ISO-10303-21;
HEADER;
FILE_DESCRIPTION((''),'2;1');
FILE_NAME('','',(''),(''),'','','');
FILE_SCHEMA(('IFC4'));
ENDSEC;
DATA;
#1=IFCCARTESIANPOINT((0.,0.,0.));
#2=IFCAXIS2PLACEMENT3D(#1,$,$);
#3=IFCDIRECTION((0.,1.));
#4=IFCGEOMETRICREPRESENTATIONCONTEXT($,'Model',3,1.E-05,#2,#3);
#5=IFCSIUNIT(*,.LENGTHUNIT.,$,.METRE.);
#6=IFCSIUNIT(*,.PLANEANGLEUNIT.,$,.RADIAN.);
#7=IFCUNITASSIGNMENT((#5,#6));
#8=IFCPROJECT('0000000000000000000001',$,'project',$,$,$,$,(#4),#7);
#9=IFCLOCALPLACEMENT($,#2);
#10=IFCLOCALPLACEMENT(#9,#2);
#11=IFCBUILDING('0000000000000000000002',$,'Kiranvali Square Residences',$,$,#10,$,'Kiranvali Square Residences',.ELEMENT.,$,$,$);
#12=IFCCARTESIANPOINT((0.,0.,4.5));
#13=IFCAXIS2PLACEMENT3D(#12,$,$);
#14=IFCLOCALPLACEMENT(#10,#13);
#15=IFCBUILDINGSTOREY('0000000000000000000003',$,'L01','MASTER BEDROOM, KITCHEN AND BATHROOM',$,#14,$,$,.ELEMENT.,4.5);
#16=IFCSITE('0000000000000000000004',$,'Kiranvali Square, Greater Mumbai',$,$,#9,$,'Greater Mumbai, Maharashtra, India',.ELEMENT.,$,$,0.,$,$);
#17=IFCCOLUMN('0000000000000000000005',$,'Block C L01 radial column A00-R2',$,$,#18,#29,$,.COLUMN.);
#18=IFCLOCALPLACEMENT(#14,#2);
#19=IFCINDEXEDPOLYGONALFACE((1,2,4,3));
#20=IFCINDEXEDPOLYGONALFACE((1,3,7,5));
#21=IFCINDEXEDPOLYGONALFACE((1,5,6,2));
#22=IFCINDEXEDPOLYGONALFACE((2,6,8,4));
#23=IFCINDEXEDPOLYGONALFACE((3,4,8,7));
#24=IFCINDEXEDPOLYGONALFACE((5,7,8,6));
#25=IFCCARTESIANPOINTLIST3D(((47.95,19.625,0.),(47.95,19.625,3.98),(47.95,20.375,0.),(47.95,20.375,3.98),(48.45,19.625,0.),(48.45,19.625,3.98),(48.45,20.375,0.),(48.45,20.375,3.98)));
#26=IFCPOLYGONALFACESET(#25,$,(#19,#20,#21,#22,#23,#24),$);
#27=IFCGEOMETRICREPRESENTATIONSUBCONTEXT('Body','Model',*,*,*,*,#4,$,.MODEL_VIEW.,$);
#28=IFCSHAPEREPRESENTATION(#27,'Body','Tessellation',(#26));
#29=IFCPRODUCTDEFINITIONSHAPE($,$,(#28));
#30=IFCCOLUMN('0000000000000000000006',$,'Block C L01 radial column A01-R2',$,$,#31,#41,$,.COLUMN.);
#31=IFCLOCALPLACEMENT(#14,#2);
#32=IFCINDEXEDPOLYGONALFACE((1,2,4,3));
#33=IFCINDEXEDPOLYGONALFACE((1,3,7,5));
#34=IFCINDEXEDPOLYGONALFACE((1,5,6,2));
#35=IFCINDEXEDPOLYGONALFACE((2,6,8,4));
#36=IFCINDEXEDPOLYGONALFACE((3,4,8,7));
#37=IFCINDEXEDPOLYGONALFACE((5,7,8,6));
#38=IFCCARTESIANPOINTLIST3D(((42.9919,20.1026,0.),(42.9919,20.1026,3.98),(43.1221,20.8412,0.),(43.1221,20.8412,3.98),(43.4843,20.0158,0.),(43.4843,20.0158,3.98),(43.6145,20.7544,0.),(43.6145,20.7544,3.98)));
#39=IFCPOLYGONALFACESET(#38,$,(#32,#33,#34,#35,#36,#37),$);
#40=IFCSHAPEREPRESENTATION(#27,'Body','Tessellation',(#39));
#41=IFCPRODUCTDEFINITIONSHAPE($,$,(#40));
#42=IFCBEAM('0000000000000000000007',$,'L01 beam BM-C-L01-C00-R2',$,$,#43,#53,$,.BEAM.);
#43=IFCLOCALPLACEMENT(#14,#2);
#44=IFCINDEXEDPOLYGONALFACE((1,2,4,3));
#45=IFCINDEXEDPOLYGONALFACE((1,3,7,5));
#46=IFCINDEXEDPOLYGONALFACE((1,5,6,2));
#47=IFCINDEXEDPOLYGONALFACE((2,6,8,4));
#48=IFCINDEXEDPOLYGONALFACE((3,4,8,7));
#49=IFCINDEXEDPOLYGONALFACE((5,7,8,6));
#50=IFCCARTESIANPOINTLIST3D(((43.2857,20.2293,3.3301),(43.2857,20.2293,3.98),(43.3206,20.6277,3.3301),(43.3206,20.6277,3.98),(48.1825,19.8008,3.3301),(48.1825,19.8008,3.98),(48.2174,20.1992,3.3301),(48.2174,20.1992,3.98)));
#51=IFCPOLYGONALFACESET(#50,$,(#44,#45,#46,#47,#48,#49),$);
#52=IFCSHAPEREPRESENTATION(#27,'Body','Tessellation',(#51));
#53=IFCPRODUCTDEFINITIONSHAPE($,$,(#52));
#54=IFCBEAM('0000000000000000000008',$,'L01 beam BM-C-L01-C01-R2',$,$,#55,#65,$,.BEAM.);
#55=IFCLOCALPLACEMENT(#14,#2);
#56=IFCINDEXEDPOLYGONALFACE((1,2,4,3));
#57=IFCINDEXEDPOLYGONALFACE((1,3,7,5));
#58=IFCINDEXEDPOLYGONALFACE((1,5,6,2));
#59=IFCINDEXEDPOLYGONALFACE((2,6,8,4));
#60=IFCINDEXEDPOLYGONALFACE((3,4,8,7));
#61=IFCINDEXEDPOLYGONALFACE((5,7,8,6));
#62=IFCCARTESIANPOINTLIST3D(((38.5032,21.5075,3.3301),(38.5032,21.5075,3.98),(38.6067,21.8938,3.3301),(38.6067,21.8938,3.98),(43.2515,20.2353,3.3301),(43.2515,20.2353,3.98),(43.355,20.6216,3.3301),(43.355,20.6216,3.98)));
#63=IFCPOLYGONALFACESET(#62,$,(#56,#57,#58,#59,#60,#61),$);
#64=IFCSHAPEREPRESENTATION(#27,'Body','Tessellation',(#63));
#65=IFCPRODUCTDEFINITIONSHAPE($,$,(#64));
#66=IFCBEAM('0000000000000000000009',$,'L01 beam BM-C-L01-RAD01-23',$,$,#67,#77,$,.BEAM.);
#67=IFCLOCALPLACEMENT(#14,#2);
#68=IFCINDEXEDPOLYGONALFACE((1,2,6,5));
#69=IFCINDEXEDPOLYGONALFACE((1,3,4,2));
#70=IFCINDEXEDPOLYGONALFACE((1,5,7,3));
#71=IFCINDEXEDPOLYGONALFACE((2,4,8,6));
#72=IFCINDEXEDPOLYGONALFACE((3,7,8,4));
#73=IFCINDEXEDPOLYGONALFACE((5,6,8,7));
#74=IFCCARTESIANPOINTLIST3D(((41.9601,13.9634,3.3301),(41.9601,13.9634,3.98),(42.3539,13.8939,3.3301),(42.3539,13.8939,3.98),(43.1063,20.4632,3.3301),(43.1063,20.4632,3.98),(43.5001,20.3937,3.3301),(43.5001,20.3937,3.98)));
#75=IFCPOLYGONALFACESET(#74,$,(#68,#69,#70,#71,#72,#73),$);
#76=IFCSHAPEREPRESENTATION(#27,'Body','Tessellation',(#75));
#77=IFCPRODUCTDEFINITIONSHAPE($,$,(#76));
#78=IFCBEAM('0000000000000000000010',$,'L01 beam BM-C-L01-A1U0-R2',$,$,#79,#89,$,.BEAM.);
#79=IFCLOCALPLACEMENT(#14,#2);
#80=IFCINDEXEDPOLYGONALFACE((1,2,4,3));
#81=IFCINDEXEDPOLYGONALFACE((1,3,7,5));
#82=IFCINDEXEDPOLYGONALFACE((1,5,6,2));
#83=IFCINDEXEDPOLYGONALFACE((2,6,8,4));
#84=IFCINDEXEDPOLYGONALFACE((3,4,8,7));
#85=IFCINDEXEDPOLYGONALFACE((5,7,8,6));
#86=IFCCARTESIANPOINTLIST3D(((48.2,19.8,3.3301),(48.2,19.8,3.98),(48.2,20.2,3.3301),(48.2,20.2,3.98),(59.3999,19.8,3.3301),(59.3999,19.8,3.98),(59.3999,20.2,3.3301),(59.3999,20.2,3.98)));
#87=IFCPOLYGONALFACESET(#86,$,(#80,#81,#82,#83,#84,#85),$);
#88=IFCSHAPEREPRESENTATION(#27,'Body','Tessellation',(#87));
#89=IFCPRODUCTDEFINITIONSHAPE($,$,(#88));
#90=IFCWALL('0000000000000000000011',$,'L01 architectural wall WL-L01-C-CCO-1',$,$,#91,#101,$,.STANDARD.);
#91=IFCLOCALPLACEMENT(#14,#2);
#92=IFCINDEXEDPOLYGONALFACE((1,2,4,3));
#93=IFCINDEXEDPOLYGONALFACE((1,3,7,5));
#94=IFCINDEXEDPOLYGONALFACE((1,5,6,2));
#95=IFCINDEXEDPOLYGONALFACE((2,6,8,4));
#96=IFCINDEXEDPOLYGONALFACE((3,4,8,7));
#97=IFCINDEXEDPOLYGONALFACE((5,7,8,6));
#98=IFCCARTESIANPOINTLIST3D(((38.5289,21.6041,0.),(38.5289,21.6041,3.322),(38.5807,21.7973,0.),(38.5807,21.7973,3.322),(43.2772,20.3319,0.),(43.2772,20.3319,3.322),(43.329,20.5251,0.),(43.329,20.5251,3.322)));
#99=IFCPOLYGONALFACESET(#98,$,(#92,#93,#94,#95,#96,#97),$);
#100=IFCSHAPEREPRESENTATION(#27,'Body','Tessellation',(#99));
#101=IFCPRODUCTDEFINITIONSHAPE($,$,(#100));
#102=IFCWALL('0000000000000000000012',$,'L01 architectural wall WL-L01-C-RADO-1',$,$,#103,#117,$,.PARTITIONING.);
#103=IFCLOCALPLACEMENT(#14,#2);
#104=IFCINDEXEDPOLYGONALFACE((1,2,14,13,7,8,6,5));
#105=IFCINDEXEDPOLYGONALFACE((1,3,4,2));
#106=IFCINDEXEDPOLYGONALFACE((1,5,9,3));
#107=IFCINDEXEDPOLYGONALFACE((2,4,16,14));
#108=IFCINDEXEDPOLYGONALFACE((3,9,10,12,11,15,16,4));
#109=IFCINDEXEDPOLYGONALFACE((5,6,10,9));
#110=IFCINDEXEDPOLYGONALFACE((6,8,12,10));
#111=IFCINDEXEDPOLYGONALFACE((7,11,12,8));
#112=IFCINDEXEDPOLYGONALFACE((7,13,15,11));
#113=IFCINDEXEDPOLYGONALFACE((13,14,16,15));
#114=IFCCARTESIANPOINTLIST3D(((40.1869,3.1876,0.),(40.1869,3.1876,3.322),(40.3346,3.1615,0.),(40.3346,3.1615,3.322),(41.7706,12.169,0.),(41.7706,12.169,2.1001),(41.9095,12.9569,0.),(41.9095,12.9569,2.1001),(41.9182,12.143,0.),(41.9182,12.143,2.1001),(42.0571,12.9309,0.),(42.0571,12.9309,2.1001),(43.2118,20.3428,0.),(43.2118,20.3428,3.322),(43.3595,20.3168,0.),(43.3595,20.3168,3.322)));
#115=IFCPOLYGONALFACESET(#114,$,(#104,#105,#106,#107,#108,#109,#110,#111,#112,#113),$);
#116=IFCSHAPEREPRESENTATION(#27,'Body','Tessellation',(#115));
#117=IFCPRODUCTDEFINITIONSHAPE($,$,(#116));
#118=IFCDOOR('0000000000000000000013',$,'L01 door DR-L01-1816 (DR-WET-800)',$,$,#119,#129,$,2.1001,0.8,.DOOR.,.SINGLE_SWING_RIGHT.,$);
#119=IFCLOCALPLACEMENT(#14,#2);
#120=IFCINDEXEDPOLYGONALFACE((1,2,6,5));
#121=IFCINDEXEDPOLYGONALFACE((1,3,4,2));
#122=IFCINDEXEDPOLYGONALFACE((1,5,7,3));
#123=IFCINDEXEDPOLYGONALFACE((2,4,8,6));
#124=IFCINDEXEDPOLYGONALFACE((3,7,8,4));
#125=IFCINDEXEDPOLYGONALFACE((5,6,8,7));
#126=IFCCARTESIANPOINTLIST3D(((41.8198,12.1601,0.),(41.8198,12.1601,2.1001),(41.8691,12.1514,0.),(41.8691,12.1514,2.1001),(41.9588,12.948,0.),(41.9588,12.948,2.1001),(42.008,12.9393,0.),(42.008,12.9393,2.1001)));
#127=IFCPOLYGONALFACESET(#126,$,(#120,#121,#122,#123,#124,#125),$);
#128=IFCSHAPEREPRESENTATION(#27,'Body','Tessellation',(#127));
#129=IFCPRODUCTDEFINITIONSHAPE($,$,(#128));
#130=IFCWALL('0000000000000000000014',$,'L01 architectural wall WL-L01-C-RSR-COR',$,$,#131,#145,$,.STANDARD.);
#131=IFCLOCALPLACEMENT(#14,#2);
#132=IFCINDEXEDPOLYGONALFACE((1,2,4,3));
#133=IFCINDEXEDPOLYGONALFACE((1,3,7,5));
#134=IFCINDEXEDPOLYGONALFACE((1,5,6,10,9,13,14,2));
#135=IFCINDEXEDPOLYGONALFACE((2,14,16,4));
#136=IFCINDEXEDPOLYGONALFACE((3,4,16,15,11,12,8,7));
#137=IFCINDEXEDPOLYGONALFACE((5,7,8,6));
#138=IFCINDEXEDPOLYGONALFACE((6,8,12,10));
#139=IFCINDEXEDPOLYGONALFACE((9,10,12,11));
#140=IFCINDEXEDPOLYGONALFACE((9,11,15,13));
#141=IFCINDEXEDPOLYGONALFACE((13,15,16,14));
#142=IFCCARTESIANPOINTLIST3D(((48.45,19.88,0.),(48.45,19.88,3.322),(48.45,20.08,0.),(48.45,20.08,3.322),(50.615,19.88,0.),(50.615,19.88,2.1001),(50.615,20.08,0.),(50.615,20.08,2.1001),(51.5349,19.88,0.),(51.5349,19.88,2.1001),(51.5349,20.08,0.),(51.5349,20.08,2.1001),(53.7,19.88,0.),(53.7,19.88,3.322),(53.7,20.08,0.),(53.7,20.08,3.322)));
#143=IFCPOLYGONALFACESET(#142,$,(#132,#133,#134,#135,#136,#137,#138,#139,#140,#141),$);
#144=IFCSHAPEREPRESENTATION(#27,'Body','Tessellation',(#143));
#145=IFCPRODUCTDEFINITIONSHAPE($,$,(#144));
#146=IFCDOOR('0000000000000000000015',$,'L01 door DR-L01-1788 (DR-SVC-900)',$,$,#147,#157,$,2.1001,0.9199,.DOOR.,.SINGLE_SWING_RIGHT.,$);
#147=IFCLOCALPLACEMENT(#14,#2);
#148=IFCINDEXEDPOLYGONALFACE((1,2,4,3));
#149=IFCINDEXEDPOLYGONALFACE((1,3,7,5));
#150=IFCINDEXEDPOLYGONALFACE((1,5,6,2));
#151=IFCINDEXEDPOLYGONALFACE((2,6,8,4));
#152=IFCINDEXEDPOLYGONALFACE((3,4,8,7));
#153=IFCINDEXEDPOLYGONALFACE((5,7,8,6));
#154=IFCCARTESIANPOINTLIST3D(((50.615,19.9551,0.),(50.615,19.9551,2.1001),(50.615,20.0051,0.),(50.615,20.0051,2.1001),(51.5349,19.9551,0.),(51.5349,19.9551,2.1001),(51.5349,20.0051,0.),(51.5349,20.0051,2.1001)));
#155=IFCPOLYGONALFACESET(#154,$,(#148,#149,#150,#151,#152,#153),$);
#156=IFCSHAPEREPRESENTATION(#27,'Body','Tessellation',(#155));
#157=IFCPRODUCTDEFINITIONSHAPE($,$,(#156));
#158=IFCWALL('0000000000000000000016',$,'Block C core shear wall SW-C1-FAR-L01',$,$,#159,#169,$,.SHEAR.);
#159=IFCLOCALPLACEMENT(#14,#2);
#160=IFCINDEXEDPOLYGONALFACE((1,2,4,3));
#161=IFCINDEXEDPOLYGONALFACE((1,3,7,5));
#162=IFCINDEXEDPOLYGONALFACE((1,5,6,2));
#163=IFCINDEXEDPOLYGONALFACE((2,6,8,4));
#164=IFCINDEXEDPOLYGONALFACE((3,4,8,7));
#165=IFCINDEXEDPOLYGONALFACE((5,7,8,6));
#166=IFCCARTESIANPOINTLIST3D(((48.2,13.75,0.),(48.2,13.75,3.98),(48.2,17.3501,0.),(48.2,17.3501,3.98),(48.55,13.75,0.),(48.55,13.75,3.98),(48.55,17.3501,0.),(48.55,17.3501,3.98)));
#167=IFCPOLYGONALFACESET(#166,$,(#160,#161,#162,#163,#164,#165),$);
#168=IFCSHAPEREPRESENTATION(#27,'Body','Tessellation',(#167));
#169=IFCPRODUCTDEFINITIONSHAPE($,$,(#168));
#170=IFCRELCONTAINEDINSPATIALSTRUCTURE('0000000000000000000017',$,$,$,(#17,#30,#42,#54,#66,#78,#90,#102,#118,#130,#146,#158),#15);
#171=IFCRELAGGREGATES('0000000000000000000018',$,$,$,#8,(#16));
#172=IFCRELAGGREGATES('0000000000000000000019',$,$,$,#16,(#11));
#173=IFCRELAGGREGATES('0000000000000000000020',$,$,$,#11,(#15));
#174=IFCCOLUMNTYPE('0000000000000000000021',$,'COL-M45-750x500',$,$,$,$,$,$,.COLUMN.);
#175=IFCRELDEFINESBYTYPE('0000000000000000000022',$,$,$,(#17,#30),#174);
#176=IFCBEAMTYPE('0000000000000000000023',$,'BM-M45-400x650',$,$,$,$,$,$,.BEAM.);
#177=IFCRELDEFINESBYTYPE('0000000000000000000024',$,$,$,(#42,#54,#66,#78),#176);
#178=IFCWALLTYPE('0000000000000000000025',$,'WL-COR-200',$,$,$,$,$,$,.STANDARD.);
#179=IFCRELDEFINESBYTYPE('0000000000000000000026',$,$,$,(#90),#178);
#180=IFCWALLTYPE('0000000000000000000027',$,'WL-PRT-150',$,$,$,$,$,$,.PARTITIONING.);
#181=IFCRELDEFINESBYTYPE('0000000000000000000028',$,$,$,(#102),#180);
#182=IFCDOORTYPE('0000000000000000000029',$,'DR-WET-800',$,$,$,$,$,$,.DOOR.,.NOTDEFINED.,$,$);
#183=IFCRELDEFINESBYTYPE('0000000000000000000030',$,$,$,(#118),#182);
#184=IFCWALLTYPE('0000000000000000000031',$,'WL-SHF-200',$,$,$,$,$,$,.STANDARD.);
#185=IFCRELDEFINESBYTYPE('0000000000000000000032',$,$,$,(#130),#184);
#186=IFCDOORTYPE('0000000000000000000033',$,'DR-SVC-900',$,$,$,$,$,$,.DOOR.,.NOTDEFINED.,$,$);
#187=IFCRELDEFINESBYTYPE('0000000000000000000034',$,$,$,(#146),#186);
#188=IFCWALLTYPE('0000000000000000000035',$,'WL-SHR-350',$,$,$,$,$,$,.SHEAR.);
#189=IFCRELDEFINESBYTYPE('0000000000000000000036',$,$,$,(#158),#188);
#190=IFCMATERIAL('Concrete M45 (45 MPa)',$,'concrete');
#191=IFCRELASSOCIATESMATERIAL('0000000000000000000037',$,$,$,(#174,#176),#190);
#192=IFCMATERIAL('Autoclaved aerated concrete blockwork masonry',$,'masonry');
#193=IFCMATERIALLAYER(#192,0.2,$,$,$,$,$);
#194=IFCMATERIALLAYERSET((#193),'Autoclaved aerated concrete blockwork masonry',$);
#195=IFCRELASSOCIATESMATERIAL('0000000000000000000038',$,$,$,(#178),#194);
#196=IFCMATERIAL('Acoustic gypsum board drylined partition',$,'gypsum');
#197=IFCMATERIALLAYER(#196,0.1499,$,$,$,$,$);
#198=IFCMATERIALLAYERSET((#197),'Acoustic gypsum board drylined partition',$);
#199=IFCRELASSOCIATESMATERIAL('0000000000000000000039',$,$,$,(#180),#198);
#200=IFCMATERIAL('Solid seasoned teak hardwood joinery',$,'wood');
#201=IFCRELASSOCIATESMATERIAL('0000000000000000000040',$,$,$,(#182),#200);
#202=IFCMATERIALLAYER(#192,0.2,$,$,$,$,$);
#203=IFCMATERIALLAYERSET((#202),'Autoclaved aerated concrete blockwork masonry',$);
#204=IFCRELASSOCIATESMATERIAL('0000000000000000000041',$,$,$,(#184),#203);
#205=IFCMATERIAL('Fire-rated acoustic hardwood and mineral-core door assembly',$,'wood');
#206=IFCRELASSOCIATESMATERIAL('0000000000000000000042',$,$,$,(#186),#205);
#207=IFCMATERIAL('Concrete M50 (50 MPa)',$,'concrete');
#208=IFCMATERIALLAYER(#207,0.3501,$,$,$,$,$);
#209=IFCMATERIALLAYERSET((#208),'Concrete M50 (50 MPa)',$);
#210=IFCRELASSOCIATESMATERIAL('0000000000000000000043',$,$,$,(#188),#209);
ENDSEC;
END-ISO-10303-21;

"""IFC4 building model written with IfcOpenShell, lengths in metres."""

from ifc_helpers import new_model, si_unit, direction, frame, frame_2d, origin, origin_2d, place, context, subcontext, project, spatial, rectangle, extrude, material, layer, layer_set, material_profile, profile_set, type_object, element, fill, save


model = new_model("IFC4")

# Units and contexts
model_context = context("Model", 3, precision=1e-05, world=origin(), true_north=direction((0.0, 1.0)))
body_context = subcontext(model_context, "Body", "Model", "MODEL_VIEW")
ifc_project = project(units=[si_unit("LENGTHUNIT", "METRE"), si_unit("PLANEANGLEUNIT", "RADIAN")], contexts=[model_context])

# Site, building, storey
site_placement = place(None, origin())
site = spatial("IfcSite", under=ifc_project, at=site_placement, Name="Kiranvali Square, Greater Mumbai", LongName="Greater Mumbai, Maharashtra, India", CompositionType="ELEMENT", RefElevation=0.0)
building_placement = place(site_placement, origin())
building = spatial("IfcBuilding", under=site, at=building_placement, Name="Kiranvali Square Residences", LongName="Kiranvali Square Residences", CompositionType="ELEMENT")
storey_placement = place(building_placement, frame((0.0, 0.0, 4.5)))
storey = spatial("IfcBuildingStorey", under=building, at=storey_placement, Name="L01", Description="MASTER BEDROOM, KITCHEN AND BATHROOM", CompositionType="ELEMENT", Elevation=4.5)

# Columns
ifc_material_1 = material(Name="Concrete M45 (45 MPa)", Category="concrete")
ifc_material_profile_1 = material_profile(ifc_material_1, rectangle(XDim=0.5, YDim=0.75, at=origin_2d()), Name="RC 750x500")
ifc_profile_set_1 = profile_set([ifc_material_profile_1], Name="Concrete M45 (45 MPa)")
column_type = type_object("IfcColumnType", Name="COL-M45-750x500", PredefinedType="COLUMN", material=ifc_profile_set_1)
for number, where, z_axis, x_axis, name in (
    (1, (48.2, 20.0, 0.0), (0.0, 0.0, 1.0), (1.0, 0.0, 0.0), "Block C L01 radial column A00-R2"),
    (2, (43.3032, 20.4285, 0.0), (0.0, 0.0, 1.0), (-0.984808, 0.173648, 0.0), "Block C L01 radial column A01-R2"),
):
    element("IfcColumn", number, at=place(storey_placement, frame(where, z_axis=z_axis, x_axis=x_axis)), inside=storey, type_object=column_type, Name=name, PredefinedType="COLUMN", context=body_context, shape_type="SweptSolid", body=[
        extrude(rectangle(XDim=0.5, YDim=0.75, at=origin_2d()), origin(), (0.0, 0.0, 1.0), 3.98),
    ])

# Beams
ifc_material_profile_2 = material_profile(ifc_material_1, rectangle(XDim=0.3999, YDim=0.6499, at=origin_2d()), Name="RC 400x650")
ifc_profile_set_2 = profile_set([ifc_material_profile_2], Name="Concrete M45 (45 MPa)")
beam_type = type_object("IfcBeamType", Name="BM-M45-400x650", PredefinedType="BEAM", material=ifc_profile_set_2)
beam_1_placement = place(storey_placement, frame((48.2, 20.0, 3.655), z_axis=(-0.996194, 0.087168, 0.0), x_axis=(-0.087168, -0.996194, 0.0)))
element("IfcBeam", 3, at=beam_1_placement, inside=storey, type_object=beam_type, Name="L01 beam BM-C-L01-C00-R2", PredefinedType="BEAM", context=body_context, shape_type="SweptSolid", body=[
    extrude(rectangle(XDim=0.3999, YDim=0.6499, at=origin_2d()), origin(), (0.0, 0.0, 1.0), 4.9155),
])
beam_2_placement = place(storey_placement, frame((43.3032, 20.4285, 3.655), z_axis=(-0.96593, 0.258803, 0.0), x_axis=(-0.258803, -0.96593, 0.0)))
element("IfcBeam", 4, at=beam_2_placement, inside=storey, type_object=beam_type, Name="L01 beam BM-C-L01-C01-R2", PredefinedType="BEAM", context=body_context, shape_type="SweptSolid", body=[
    extrude(rectangle(XDim=0.3999, YDim=0.6499, at=origin_2d()), origin(), (0.0, 0.0, 1.0), 4.9158),
])
beam_3_placement = place(storey_placement, frame((43.3032, 20.4285, 3.655), z_axis=(-0.173671, -0.984804, 0.0), x_axis=(0.984804, -0.173671, 0.0)))
element("IfcBeam", 5, at=beam_3_placement, inside=storey, type_object=beam_type, Name="L01 beam BM-C-L01-RAD01-23", PredefinedType="BEAM", context=body_context, shape_type="SweptSolid", body=[
    extrude(rectangle(XDim=0.3999, YDim=0.6499, at=origin_2d()), origin(), (0.0, 0.0, 1.0), 6.6001),
])
beam_4_placement = place(storey_placement, frame((48.2, 20.0, 3.655), z_axis=(1.0, 0.0, 0.0), x_axis=(0.0, 1.0, 0.0)))
element("IfcBeam", 6, at=beam_4_placement, inside=storey, type_object=beam_type, Name="L01 beam BM-C-L01-A1U0-R2", PredefinedType="BEAM", context=body_context, shape_type="SweptSolid", body=[
    extrude(rectangle(XDim=0.3999, YDim=0.6499, at=origin_2d()), origin(), (0.0, 0.0, 1.0), 11.2),
])

# Shared definitions
ifc_material_2 = material(Name="Autoclaved aerated concrete blockwork masonry", Category="masonry")
ifc_layer_1 = layer(ifc_material_2, 0.2)
ifc_layer_set_1 = layer_set([ifc_layer_1], Name="Autoclaved aerated concrete blockwork masonry")
wall_type_1 = type_object("IfcWallType", Name="WL-COR-200", PredefinedType="STANDARD", material=ifc_layer_set_1)
ifc_material_3 = material(Name="Fire-rated acoustic hardwood and mineral-core door assembly", Category="wood")

# Wall
wall_1_placement = place(storey_placement, frame((43.3032, 20.4285, 0.0), z_axis=(0.0, 0.0, 1.0), x_axis=(-0.96593, 0.258803, 0.0)))
element("IfcWall", 7, at=wall_1_placement, inside=storey, type_object=wall_type_1, Name="L01 architectural wall WL-L01-C-CCO-1", PredefinedType="STANDARD", context=body_context, shape_type="SweptSolid", body=[
    extrude(rectangle(XDim=4.9158, YDim=0.2, at=frame_2d((2.458, 0.0))), origin(), (0.0, 0.0, 1.0), 3.322),
])

# Walls, openings, doors
ifc_material_4 = material(Name="Acoustic gypsum board drylined partition", Category="gypsum")
ifc_layer_2 = layer(ifc_material_4, 0.1499)
ifc_layer_set_2 = layer_set([ifc_layer_2], Name="Acoustic gypsum board drylined partition")
wall_type_2 = type_object("IfcWallType", Name="WL-PRT-150", PredefinedType="PARTITIONING", material=ifc_layer_set_2)
wall_2_placement = place(storey_placement, frame((43.2856, 20.3298, 0.0), z_axis=(0.0, 0.0, 1.0), x_axis=(-0.173646, -0.984808, 0.0)))
wall_2 = element("IfcWall", 8, at=wall_2_placement, inside=storey, type_object=wall_type_2, Name="L01 architectural wall WL-L01-C-RADO-1", PredefinedType="PARTITIONING", context=body_context, shape_type="SweptSolid", body=[
    extrude(rectangle(XDim=17.4199, YDim=0.1499, at=frame_2d((8.71, 0.0))), origin(), (0.0, 0.0, 1.0), 3.322),
])
opening_1_placement = place(wall_2_placement, frame((7.5, 0.0, 0.0)))
opening_1 = element("IfcOpeningElement", 9, at=opening_1_placement, cuts=wall_2, PredefinedType="OPENING", context=body_context, shape_type="SweptSolid", body=[
    extrude(rectangle(XDim=0.8, YDim=2.1001, at=frame_2d((0.3999, 1.05))), frame((0.0, 0.085, 0.0), z_axis=(0.0, -1.0, 0.0), x_axis=(1.0, 0.0, 0.0)), (0.0, 0.0, 1.0), 0.1699),
])
ifc_material_5 = material(Name="Solid seasoned teak hardwood joinery", Category="wood")
door_type_1 = type_object("IfcDoorType", Name="DR-WET-800", OperationType="NOTDEFINED", PredefinedType="DOOR", material=ifc_material_5)
door_1_placement = place(opening_1_placement, frame((0.8, 0.0, 0.0), z_axis=(0.0, 0.0, 1.0), x_axis=(-1.0, 0.0, 0.0)))
door_1 = element("IfcDoor", 10, at=door_1_placement, inside=storey, type_object=door_type_1, Name="L01 door DR-L01-1816 (DR-WET-800)", OperationType="SINGLE_SWING_RIGHT", OverallHeight=2.1001, OverallWidth=0.8, PredefinedType="DOOR", context=body_context, shape_type="SweptSolid", body=[
    extrude(rectangle(XDim=0.8, YDim=2.1001, at=frame_2d((0.3999, 1.05))), frame((0.0, 0.0249, 0.0), z_axis=(0.0, -1.0, 0.0), x_axis=(1.0, 0.0, 0.0)), (0.0, 0.0, 1.0), 0.05),
])
fill(opening_1, door_1)
ifc_layer_3 = layer(ifc_material_2, 0.2)
ifc_layer_set_3 = layer_set([ifc_layer_3], Name="Autoclaved aerated concrete blockwork masonry")
wall_type_3 = type_object("IfcWallType", Name="WL-SHF-200", PredefinedType="STANDARD", material=ifc_layer_set_3)
wall_3_placement = place(storey_placement, frame((48.45, 19.98, 0.0), z_axis=(0.0, 0.0, 1.0), x_axis=(1.0, 0.0, 0.0)))
wall_3 = element("IfcWall", 11, at=wall_3_placement, inside=storey, type_object=wall_type_3, Name="L01 architectural wall WL-L01-C-RSR-COR", PredefinedType="STANDARD", context=body_context, shape_type="SweptSolid", body=[
    extrude(rectangle(XDim=5.25, YDim=0.2, at=frame_2d((2.625, 0.0))), origin(), (0.0, 0.0, 1.0), 3.322),
])
opening_2_placement = place(wall_3_placement, frame((2.165, 0.0, 0.0)))
opening_2 = element("IfcOpeningElement", 12, at=opening_2_placement, cuts=wall_3, PredefinedType="OPENING", context=body_context, shape_type="SweptSolid", body=[
    extrude(rectangle(XDim=0.9199, YDim=2.1001, at=frame_2d((0.46, 1.05))), frame((0.0, 0.1099, 0.0), z_axis=(0.0, -1.0, 0.0), x_axis=(1.0, 0.0, 0.0)), (0.0, 0.0, 1.0), 0.22),
])
door_type_2 = type_object("IfcDoorType", Name="DR-SVC-900", OperationType="NOTDEFINED", PredefinedType="DOOR", material=ifc_material_3)
door_2_placement = place(opening_2_placement, frame((0.9199, 0.0, 0.0), z_axis=(0.0, 0.0, 1.0), x_axis=(-1.0, 0.0, 0.0)))
door_2 = element("IfcDoor", 13, at=door_2_placement, inside=storey, type_object=door_type_2, Name="L01 door DR-L01-1788 (DR-SVC-900)", OperationType="SINGLE_SWING_RIGHT", OverallHeight=2.1001, OverallWidth=0.9199, PredefinedType="DOOR", context=body_context, shape_type="SweptSolid", body=[
    extrude(rectangle(XDim=0.9199, YDim=2.1001, at=frame_2d((0.46, 1.05))), frame((0.0, 0.0249, 0.0), z_axis=(0.0, -1.0, 0.0), x_axis=(1.0, 0.0, 0.0)), (0.0, 0.0, 1.0), 0.05),
])
fill(opening_2, door_2)
ifc_material_6 = material(Name="Concrete M50 (50 MPa)", Category="concrete")
ifc_layer_4 = layer(ifc_material_6, 0.3501)
ifc_layer_set_4 = layer_set([ifc_layer_4], Name="Concrete M50 (50 MPa)")
wall_type_4 = type_object("IfcWallType", Name="WL-SHR-350", PredefinedType="SHEAR", material=ifc_layer_set_4)

# Wall
wall_4_placement = place(storey_placement, frame((48.375, 17.3501, 0.0), z_axis=(0.0, 0.0, 1.0), x_axis=(0.0, -1.0, 0.0)))
element("IfcWall", 14, at=wall_4_placement, inside=storey, type_object=wall_type_4, Name="Block C core shear wall SW-C1-FAR-L01", PredefinedType="SHEAR", context=body_context, shape_type="SweptSolid", body=[
    extrude(rectangle(XDim=3.6001, YDim=0.3501, at=frame_2d((1.8, 0.0))), origin(), (0.0, 0.0, 1.0), 3.98),
])

save(model, "model.ifc")
